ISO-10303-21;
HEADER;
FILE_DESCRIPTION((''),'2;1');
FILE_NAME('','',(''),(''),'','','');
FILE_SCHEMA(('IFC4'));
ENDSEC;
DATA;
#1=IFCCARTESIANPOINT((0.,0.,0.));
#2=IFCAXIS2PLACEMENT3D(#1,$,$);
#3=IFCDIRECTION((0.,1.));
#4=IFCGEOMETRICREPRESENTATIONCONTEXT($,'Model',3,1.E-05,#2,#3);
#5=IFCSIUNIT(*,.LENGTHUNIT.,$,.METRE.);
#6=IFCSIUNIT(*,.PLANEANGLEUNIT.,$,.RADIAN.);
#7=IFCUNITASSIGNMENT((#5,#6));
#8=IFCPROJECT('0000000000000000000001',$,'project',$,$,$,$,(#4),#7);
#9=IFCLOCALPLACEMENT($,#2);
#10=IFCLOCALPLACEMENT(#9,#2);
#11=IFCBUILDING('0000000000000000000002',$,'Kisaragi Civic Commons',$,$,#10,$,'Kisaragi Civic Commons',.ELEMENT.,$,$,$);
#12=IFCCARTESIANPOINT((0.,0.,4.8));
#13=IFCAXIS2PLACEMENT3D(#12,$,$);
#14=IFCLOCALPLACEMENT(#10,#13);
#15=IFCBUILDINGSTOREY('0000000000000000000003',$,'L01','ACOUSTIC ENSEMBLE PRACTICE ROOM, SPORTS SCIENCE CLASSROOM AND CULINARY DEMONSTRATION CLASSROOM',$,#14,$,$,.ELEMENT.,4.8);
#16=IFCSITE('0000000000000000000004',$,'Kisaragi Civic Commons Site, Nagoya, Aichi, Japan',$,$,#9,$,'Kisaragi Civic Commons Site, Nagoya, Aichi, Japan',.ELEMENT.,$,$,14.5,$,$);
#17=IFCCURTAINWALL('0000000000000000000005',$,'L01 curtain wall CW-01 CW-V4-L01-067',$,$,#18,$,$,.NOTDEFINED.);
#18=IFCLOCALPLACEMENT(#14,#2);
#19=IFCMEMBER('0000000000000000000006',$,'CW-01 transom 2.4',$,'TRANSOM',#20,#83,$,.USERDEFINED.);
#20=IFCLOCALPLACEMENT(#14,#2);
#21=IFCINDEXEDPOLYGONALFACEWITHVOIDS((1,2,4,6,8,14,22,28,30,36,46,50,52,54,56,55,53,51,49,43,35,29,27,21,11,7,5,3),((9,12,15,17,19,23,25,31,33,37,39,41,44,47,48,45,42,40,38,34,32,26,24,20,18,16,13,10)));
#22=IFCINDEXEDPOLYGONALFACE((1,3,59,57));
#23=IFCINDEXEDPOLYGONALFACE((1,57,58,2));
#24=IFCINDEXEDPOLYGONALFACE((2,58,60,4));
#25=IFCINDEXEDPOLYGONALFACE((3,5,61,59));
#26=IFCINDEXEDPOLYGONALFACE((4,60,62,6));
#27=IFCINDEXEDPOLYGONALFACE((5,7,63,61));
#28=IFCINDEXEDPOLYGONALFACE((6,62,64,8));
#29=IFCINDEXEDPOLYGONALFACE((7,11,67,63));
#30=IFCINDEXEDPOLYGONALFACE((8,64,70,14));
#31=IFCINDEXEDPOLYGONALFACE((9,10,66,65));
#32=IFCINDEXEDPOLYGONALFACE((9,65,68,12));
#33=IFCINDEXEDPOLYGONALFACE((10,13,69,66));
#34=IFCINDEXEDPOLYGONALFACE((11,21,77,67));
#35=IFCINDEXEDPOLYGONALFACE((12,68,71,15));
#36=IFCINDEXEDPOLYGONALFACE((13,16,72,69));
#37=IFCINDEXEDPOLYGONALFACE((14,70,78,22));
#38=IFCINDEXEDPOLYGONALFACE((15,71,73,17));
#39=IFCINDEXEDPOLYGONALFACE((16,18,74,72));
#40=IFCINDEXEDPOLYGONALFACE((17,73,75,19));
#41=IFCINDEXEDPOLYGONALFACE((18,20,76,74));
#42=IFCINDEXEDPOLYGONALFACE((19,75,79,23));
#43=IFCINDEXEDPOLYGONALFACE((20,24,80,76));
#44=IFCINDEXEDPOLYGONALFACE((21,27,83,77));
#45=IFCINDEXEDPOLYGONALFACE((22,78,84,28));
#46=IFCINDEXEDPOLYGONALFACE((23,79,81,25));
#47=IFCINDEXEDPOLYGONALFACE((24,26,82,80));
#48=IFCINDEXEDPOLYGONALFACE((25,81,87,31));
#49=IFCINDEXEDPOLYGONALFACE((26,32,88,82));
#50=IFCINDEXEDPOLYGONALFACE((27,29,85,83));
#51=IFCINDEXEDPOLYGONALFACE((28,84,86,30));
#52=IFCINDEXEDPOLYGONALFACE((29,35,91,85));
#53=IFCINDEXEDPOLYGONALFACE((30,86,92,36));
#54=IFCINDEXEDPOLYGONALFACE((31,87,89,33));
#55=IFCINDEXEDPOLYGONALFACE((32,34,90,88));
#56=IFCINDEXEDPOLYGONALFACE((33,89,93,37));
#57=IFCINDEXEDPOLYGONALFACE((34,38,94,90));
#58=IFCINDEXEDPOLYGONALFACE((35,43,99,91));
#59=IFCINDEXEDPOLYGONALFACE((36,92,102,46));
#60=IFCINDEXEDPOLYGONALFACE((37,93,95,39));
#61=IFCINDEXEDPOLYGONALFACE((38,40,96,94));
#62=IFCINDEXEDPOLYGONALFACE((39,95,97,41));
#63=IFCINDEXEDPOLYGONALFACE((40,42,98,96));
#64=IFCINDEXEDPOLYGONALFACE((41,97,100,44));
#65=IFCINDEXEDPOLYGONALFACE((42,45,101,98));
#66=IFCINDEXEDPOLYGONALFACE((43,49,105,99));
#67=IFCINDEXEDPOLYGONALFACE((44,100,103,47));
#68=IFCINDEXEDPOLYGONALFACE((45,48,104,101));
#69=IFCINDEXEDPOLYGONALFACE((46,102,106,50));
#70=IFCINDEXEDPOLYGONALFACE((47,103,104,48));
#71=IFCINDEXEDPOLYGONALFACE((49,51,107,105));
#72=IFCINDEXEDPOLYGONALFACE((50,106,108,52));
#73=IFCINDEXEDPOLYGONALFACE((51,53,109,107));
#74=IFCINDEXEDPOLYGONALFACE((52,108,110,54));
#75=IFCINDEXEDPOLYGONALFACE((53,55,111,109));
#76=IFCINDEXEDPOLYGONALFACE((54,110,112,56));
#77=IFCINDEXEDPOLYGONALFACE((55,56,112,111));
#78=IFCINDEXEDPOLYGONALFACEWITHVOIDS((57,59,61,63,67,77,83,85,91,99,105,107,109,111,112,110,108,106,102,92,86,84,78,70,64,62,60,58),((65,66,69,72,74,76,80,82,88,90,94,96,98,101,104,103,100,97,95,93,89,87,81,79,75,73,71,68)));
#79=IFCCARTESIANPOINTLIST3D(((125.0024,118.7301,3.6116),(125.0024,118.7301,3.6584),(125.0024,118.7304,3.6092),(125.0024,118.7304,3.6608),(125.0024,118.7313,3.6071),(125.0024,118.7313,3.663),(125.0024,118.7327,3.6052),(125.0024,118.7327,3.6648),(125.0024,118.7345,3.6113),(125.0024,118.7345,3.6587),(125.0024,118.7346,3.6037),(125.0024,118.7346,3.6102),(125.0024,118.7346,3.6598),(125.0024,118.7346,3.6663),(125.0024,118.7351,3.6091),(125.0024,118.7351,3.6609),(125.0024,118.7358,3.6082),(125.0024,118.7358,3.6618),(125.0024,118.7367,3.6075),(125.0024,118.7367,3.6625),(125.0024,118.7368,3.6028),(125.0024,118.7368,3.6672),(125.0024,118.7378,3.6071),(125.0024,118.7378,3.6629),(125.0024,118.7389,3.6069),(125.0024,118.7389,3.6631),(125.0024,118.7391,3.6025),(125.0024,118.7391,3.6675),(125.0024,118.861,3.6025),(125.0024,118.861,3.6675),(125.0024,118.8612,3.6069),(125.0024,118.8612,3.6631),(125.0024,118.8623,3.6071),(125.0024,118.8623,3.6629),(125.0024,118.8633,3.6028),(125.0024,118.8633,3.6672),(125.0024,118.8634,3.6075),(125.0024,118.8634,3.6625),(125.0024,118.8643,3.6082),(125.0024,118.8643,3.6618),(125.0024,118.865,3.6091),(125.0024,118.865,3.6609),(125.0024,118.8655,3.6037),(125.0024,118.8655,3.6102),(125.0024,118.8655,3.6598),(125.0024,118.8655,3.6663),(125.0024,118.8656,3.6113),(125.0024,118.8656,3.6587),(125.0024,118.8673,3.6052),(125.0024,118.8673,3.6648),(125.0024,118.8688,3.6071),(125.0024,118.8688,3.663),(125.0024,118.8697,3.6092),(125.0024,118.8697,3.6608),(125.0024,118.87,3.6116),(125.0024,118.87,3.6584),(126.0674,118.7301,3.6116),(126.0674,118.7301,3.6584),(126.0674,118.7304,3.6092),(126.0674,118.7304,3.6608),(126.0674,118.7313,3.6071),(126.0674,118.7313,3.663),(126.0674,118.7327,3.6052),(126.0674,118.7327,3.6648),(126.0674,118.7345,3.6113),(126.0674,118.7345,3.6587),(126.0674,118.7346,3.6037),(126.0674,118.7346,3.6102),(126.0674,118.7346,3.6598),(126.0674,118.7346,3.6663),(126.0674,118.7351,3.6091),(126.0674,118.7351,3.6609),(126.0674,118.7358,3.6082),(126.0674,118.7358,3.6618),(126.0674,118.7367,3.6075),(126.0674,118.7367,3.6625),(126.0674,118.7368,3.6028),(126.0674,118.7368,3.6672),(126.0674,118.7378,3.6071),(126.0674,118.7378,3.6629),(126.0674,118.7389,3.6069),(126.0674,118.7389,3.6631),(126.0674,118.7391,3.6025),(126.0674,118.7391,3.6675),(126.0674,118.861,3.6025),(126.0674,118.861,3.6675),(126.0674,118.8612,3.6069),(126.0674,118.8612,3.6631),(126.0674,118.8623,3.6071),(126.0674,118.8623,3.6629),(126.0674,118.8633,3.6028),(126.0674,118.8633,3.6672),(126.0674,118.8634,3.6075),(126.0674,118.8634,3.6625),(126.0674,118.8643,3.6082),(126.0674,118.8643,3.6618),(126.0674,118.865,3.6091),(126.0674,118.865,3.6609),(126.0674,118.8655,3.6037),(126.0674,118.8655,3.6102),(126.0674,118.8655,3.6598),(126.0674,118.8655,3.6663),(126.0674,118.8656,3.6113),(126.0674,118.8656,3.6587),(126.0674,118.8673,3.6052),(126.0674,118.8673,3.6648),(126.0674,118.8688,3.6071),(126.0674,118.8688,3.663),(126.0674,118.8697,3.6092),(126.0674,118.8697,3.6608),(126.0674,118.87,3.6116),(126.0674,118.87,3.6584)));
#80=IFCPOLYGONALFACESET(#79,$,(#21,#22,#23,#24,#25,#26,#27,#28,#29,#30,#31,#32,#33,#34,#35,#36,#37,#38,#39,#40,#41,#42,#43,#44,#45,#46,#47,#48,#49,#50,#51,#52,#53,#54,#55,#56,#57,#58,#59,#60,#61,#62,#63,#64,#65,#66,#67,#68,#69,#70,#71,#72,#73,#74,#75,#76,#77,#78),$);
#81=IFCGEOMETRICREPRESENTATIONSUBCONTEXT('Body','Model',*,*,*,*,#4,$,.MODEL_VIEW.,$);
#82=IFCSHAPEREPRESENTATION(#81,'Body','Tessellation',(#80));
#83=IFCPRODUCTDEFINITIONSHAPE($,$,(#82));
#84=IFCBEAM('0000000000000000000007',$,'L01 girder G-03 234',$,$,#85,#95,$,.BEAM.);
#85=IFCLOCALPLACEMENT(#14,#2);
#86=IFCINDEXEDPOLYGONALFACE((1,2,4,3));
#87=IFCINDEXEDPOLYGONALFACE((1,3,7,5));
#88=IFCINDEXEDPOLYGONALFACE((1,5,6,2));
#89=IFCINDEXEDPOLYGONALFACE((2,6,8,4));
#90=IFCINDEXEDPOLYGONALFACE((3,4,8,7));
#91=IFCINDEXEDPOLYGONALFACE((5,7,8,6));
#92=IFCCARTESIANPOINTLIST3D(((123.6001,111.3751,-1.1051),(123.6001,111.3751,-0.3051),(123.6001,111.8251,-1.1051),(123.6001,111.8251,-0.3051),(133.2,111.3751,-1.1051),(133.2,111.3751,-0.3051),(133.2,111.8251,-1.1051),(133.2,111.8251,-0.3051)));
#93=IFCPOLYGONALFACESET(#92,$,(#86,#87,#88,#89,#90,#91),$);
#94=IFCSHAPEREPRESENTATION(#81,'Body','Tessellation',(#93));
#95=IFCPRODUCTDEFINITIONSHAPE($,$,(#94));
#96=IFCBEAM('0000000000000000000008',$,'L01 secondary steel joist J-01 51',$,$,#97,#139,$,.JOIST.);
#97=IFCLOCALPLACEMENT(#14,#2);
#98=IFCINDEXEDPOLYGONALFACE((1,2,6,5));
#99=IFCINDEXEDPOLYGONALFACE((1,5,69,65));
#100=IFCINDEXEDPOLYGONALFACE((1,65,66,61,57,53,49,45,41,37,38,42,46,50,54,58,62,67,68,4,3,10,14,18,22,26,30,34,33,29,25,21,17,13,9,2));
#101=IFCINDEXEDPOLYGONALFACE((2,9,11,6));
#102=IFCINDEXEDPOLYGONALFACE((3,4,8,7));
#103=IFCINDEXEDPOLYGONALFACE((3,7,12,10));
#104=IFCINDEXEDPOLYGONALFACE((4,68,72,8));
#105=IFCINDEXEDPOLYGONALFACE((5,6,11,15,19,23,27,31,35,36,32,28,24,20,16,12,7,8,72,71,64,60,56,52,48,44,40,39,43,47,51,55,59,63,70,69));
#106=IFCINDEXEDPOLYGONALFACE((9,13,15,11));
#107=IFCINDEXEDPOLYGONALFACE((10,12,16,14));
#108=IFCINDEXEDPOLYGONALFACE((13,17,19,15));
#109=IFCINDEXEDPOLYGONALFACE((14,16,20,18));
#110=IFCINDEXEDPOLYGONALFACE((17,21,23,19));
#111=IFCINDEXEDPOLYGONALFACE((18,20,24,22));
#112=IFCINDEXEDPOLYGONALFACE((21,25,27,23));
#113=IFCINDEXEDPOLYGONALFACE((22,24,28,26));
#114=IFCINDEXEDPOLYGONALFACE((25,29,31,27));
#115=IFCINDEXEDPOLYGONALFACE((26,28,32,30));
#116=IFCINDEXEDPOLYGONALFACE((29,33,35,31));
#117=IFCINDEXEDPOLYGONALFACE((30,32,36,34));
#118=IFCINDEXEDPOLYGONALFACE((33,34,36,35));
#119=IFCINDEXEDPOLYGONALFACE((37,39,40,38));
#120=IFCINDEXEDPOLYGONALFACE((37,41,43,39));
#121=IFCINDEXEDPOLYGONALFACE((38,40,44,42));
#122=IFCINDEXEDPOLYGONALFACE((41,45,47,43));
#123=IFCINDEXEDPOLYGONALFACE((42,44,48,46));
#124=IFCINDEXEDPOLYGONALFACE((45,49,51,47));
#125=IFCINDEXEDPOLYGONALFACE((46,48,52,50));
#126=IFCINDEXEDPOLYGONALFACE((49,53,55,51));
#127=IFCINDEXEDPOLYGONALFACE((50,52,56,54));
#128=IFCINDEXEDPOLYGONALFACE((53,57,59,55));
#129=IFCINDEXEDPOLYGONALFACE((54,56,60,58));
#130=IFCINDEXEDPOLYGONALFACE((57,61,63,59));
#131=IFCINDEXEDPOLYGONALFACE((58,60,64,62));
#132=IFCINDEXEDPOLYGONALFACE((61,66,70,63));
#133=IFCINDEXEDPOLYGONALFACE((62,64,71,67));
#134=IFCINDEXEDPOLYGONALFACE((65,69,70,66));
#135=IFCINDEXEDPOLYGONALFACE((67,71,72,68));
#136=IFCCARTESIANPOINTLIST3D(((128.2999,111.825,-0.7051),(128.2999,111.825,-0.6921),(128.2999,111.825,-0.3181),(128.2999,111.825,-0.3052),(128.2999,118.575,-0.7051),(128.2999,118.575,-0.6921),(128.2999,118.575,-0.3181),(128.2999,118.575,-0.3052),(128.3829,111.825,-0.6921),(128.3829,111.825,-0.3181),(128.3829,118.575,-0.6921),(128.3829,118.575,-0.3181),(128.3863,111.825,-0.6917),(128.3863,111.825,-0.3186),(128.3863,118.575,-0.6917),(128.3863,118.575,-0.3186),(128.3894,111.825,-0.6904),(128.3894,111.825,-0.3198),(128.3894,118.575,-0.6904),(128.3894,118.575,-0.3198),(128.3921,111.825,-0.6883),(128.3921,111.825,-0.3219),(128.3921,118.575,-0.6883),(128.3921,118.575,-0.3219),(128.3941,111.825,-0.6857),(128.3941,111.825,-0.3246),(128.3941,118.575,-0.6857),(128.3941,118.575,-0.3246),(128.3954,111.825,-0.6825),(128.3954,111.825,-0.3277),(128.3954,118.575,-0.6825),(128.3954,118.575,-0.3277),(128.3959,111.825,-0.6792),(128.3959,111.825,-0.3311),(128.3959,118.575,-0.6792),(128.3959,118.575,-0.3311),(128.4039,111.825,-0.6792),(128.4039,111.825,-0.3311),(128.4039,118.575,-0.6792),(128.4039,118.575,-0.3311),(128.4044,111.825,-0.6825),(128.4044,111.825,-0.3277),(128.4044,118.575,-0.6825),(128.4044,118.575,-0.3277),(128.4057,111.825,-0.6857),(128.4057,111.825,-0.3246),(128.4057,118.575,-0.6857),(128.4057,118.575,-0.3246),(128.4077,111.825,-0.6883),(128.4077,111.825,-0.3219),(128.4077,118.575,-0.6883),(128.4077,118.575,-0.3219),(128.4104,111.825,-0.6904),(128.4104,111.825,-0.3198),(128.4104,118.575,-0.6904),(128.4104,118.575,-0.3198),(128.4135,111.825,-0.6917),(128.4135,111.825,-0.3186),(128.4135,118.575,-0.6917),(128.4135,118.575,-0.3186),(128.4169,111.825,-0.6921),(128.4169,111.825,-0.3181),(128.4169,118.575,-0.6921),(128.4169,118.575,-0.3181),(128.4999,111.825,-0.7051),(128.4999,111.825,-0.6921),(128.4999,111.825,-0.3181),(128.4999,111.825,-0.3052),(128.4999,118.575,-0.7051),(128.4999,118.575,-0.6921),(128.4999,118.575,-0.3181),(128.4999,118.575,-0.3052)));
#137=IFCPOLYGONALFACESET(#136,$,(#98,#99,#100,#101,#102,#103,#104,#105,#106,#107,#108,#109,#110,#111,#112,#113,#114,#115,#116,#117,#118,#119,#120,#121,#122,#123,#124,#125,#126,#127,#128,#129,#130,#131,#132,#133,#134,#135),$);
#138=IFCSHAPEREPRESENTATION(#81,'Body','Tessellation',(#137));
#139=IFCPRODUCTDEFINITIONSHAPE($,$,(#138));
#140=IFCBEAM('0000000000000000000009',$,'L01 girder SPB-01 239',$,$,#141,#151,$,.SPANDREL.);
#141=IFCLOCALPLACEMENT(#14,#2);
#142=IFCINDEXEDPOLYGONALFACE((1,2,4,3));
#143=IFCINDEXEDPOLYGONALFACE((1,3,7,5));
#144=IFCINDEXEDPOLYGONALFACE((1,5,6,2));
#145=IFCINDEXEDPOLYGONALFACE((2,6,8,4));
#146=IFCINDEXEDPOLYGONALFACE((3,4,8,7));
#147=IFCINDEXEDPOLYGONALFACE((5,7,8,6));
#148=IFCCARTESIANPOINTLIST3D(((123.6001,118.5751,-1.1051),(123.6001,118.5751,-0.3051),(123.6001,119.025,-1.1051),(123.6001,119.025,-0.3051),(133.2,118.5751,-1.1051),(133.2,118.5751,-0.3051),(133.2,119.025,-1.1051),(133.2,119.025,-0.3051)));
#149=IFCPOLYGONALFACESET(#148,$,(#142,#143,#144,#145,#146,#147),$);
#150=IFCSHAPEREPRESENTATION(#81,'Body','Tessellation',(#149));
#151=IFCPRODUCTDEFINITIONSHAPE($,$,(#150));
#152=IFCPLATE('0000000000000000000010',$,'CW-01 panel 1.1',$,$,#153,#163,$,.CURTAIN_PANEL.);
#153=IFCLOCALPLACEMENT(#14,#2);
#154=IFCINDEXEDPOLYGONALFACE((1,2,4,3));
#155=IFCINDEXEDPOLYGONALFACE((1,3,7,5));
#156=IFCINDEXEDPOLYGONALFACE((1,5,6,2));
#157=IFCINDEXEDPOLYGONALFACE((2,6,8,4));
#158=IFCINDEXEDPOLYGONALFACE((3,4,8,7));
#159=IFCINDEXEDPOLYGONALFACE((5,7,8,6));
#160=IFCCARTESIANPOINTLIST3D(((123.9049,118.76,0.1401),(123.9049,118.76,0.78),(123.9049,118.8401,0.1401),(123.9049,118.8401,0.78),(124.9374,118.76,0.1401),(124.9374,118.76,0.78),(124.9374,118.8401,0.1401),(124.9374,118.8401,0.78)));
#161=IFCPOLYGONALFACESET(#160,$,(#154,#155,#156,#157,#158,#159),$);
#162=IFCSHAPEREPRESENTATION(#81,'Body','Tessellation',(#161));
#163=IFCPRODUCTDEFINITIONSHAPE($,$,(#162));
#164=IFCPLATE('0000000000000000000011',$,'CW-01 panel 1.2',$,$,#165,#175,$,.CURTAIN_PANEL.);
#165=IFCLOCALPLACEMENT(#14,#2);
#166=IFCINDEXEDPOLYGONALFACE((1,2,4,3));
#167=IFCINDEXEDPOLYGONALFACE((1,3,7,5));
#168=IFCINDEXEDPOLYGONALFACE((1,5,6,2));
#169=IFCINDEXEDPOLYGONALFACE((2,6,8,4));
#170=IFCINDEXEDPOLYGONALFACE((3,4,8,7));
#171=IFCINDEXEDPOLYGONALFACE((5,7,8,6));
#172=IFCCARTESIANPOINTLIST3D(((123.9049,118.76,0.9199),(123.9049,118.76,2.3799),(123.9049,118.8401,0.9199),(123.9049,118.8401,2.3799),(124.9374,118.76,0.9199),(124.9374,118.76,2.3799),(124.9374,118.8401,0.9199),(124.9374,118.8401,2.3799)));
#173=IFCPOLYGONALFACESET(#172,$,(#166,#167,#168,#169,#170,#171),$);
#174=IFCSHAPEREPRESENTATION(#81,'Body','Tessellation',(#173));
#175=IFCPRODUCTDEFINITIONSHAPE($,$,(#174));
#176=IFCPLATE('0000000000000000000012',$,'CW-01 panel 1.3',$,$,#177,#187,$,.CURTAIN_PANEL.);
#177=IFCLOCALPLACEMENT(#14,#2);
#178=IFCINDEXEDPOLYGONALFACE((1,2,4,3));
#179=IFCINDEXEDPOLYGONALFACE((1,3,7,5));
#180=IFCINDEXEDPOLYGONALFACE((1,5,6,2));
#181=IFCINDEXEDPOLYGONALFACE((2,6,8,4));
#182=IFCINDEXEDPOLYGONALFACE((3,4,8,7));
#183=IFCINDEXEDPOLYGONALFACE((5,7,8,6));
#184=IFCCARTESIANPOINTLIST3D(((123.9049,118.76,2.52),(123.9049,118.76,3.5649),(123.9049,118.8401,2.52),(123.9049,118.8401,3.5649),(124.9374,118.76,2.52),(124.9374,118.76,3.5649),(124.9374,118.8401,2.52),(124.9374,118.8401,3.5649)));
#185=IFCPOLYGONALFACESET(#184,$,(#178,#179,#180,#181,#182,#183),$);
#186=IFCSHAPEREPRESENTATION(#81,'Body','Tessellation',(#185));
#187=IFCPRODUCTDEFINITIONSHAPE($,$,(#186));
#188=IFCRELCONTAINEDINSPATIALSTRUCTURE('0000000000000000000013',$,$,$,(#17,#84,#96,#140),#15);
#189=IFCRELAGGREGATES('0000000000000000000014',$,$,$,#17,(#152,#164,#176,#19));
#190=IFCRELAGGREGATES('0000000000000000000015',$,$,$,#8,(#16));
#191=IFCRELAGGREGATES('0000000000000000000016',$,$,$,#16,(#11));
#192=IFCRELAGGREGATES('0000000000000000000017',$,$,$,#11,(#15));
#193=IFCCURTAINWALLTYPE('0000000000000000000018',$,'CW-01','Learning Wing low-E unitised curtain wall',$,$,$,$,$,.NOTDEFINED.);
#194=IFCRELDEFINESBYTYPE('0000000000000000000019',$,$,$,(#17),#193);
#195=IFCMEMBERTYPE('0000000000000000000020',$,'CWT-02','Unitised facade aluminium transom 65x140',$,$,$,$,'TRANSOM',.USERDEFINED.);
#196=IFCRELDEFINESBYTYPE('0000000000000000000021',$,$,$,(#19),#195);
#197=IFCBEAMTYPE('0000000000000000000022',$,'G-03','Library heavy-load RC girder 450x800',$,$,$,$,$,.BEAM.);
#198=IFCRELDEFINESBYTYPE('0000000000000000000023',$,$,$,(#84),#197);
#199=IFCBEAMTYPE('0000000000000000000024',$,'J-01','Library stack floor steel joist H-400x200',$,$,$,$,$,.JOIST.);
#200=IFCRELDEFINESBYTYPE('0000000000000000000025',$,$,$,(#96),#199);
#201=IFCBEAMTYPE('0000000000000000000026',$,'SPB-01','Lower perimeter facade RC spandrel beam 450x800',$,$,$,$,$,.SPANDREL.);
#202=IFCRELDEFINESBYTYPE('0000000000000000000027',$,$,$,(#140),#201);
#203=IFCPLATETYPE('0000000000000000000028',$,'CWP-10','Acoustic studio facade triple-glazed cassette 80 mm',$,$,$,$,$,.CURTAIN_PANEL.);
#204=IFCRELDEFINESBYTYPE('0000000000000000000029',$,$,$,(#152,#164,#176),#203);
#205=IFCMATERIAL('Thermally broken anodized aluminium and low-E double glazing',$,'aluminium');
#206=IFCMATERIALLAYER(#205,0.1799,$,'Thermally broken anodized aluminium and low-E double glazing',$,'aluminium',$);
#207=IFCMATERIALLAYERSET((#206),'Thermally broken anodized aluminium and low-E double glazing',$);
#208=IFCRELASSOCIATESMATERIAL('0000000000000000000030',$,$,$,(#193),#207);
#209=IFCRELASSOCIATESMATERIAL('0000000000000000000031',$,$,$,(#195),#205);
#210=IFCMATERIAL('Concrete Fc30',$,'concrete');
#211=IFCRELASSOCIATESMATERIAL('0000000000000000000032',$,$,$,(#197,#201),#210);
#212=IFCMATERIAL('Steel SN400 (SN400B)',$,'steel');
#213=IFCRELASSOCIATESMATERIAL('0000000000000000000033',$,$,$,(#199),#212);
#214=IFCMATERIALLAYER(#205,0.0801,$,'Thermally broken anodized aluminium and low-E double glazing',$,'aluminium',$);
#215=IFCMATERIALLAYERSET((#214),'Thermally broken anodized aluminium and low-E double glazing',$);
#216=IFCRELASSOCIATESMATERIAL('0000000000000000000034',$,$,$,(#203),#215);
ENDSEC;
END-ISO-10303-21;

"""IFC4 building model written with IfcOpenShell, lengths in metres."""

from ifc_helpers import new_model, si_unit, direction, frame, origin, origin_2d, place, context, subcontext, project, spatial, rectangle, hollow_rectangle, i_section, extrude, material, layer, layer_set, material_profile, profile_set, type_object, element, aggregate, save


model = new_model("IFC4")

# Units and contexts
model_context = context("Model", 3, precision=1e-05, world=origin(), true_north=direction((0.0, 1.0)))
body_context = subcontext(model_context, "Body", "Model", "MODEL_VIEW")
ifc_project = project(units=[si_unit("LENGTHUNIT", "METRE"), si_unit("PLANEANGLEUNIT", "RADIAN")], contexts=[model_context])

# Site, building, storey
site_placement = place(None, origin())
site = spatial("IfcSite", under=ifc_project, at=site_placement, Name="Kisaragi Civic Commons Site, Nagoya, Aichi, Japan", LongName="Kisaragi Civic Commons Site, Nagoya, Aichi, Japan", CompositionType="ELEMENT", RefElevation=14.5)
building_placement = place(site_placement, origin())
building = spatial("IfcBuilding", under=site, at=building_placement, Name="Kisaragi Civic Commons", LongName="Kisaragi Civic Commons", CompositionType="ELEMENT")
storey_placement = place(building_placement, frame((0.0, 0.0, 4.8)))
storey = spatial("IfcBuildingStorey", under=building, at=storey_placement, Name="L01", Description="ACOUSTIC ENSEMBLE PRACTICE ROOM, SPORTS SCIENCE CLASSROOM AND CULINARY DEMONSTRATION CLASSROOM", CompositionType="ELEMENT", Elevation=4.8)

# Shared definitions
ifc_material_1 = material(Name="Thermally broken anodized aluminium and low-E double glazing", Category="aluminium")
ifc_layer_1 = layer(ifc_material_1, 0.1799, Name="Thermally broken anodized aluminium and low-E double glazing", Category="aluminium")
ifc_layer_set_1 = layer_set([ifc_layer_1], Name="Thermally broken anodized aluminium and low-E double glazing")
curtain_wall_type = type_object("IfcCurtainWallType", Name="CW-01", Description="Learning Wing low-E unitised curtain wall", PredefinedType="NOTDEFINED", material=ifc_layer_set_1)

# Curtain wall, member
curtain_wall_1_placement = place(storey_placement, origin())
curtain_wall_1 = element("IfcCurtainWall", 1, at=curtain_wall_1_placement, inside=storey, type_object=curtain_wall_type, Name="L01 curtain wall CW-01 CW-V4-L01-067", PredefinedType="NOTDEFINED")
ifc_material_profile_1 = material_profile(ifc_material_1, hollow_rectangle(XDim=0.1399, YDim=0.0649, WallThickness=0.0044, InnerFilletRadius=0.0044, OuterFilletRadius=0.009, at=origin_2d()), Name="CWT-65x140x4.5", Category="aluminium")
ifc_profile_set_1 = profile_set([ifc_material_profile_1], Name="Thermally broken anodized aluminium and low-E double glazing")
member_type_1 = type_object("IfcMemberType", Name="CWT-02", Description="Unitised facade aluminium transom 65x140", ElementType="TRANSOM", PredefinedType="USERDEFINED", material=ifc_profile_set_1)
member_1_placement = place(storey_placement, frame((125.0024, 118.8, 3.635), z_axis=(1.0, 0.0, 0.0), x_axis=(0.0, 1.0, 0.0)))
member_1 = element("IfcMember", 2, at=member_1_placement, type_object=member_type_1, Name="CW-01 transom 2.4", ObjectType="TRANSOM", PredefinedType="USERDEFINED", context=body_context, shape_type="SweptSolid", body=[
    extrude(hollow_rectangle(XDim=0.1399, YDim=0.0649, WallThickness=0.0044, InnerFilletRadius=0.0044, OuterFilletRadius=0.009, at=origin_2d()), origin(), (0.0, 0.0, 1.0), 1.0649),
])

# Beams
ifc_material_2 = material(Name="Concrete Fc30", Category="concrete")
ifc_material_profile_2 = material_profile(ifc_material_2, rectangle(XDim=0.45, YDim=0.8, at=origin_2d()), Name="RC-450x800", Category="concrete")
ifc_profile_set_2 = profile_set([ifc_material_profile_2], Name="Concrete Fc30")
beam_type_1 = type_object("IfcBeamType", Name="G-03", Description="Library heavy-load RC girder 450x800", PredefinedType="BEAM", material=ifc_profile_set_2)
beam_1_placement = place(storey_placement, frame((123.6001, 111.6001, -0.7051), z_axis=(1.0, 0.0, 0.0), x_axis=(0.0, 1.0, 0.0)))
element("IfcBeam", 3, at=beam_1_placement, inside=storey, type_object=beam_type_1, Name="L01 girder G-03 234", PredefinedType="BEAM", context=body_context, shape_type="SweptSolid", body=[
    extrude(rectangle(XDim=0.45, YDim=0.8, at=origin_2d()), origin(), (0.0, 0.0, 1.0), 9.5999),
])
ifc_material_3 = material(Name="Steel SN400 (SN400B)", Category="steel")
ifc_material_profile_3 = material_profile(ifc_material_3, i_section(OverallWidth=0.2, OverallDepth=0.3999, WebThickness=0.0081, FlangeThickness=0.0129, FilletRadius=0.0129, at=origin_2d()), Name="H-400x200x8x13", Category="steel")
ifc_profile_set_3 = profile_set([ifc_material_profile_3], Name="Steel SN400 (SN400B)")
beam_type_2 = type_object("IfcBeamType", Name="J-01", Description="Library stack floor steel joist H-400x200", PredefinedType="JOIST", material=ifc_profile_set_3)
beam_2_placement = place(storey_placement, frame((128.3999, 111.825, -0.5051), z_axis=(0.0, 1.0, 0.0), x_axis=(-1.0, 0.0, 0.0)))
element("IfcBeam", 4, at=beam_2_placement, inside=storey, type_object=beam_type_2, Name="L01 secondary steel joist J-01 51", PredefinedType="JOIST", context=body_context, shape_type="SweptSolid", body=[
    extrude(i_section(OverallWidth=0.2, OverallDepth=0.3999, WebThickness=0.0081, FlangeThickness=0.0129, FilletRadius=0.0129, at=origin_2d()), origin(), (0.0, 0.0, 1.0), 6.75),
])
ifc_material_profile_4 = material_profile(ifc_material_2, rectangle(XDim=0.45, YDim=0.8, at=origin_2d()), Name="RC-450x800", Category="concrete")
ifc_profile_set_4 = profile_set([ifc_material_profile_4], Name="Concrete Fc30")
beam_type_3 = type_object("IfcBeamType", Name="SPB-01", Description="Lower perimeter facade RC spandrel beam 450x800", PredefinedType="SPANDREL", material=ifc_profile_set_4)
beam_3_placement = place(storey_placement, frame((123.6001, 118.8, -0.7051), z_axis=(1.0, 0.0, 0.0), x_axis=(0.0, 1.0, 0.0)))
element("IfcBeam", 5, at=beam_3_placement, inside=storey, type_object=beam_type_3, Name="L01 girder SPB-01 239", PredefinedType="SPANDREL", context=body_context, shape_type="SweptSolid", body=[
    extrude(rectangle(XDim=0.45, YDim=0.8, at=origin_2d()), origin(), (0.0, 0.0, 1.0), 9.5999),
])

# Plates
ifc_layer_2 = layer(ifc_material_1, 0.0801, Name="Thermally broken anodized aluminium and low-E double glazing", Category="aluminium")
ifc_layer_set_2 = layer_set([ifc_layer_2], Name="Thermally broken anodized aluminium and low-E double glazing")
plate_type = type_object("IfcPlateType", Name="CWP-10", Description="Acoustic studio facade triple-glazed cassette 80 mm", PredefinedType="CURTAIN_PANEL", material=ifc_layer_set_2)
plate_1_placement = place(storey_placement, frame((124.4211, 118.8, 0.1401), z_axis=(0.0, 0.0, 1.0), x_axis=(1.0, 0.0, 0.0)))
plate_1 = element("IfcPlate", 6, at=plate_1_placement, type_object=plate_type, Name="CW-01 panel 1.1", PredefinedType="CURTAIN_PANEL", context=body_context, shape_type="SweptSolid", body=[
    extrude(rectangle(XDim=1.0325, YDim=0.0801, at=origin_2d()), origin(), (0.0, 0.0, 1.0), 0.6399),
])
plate_2_placement = place(storey_placement, frame((124.4211, 118.8, 0.9199), z_axis=(0.0, 0.0, 1.0), x_axis=(1.0, 0.0, 0.0)))
plate_2 = element("IfcPlate", 7, at=plate_2_placement, type_object=plate_type, Name="CW-01 panel 1.2", PredefinedType="CURTAIN_PANEL", context=body_context, shape_type="SweptSolid", body=[
    extrude(rectangle(XDim=1.0325, YDim=0.0801, at=origin_2d()), origin(), (0.0, 0.0, 1.0), 1.46),
])
plate_3_placement = place(storey_placement, frame((124.4211, 118.8, 2.52), z_axis=(0.0, 0.0, 1.0), x_axis=(1.0, 0.0, 0.0)))
plate_3 = element("IfcPlate", 8, at=plate_3_placement, type_object=plate_type, Name="CW-01 panel 1.3", PredefinedType="CURTAIN_PANEL", context=body_context, shape_type="SweptSolid", body=[
    extrude(rectangle(XDim=1.0325, YDim=0.0801, at=origin_2d()), origin(), (0.0, 0.0, 1.0), 1.0449),
])
aggregate(curtain_wall_1, [plate_1, plate_2, plate_3, member_1])

save(model, "model.ifc")
